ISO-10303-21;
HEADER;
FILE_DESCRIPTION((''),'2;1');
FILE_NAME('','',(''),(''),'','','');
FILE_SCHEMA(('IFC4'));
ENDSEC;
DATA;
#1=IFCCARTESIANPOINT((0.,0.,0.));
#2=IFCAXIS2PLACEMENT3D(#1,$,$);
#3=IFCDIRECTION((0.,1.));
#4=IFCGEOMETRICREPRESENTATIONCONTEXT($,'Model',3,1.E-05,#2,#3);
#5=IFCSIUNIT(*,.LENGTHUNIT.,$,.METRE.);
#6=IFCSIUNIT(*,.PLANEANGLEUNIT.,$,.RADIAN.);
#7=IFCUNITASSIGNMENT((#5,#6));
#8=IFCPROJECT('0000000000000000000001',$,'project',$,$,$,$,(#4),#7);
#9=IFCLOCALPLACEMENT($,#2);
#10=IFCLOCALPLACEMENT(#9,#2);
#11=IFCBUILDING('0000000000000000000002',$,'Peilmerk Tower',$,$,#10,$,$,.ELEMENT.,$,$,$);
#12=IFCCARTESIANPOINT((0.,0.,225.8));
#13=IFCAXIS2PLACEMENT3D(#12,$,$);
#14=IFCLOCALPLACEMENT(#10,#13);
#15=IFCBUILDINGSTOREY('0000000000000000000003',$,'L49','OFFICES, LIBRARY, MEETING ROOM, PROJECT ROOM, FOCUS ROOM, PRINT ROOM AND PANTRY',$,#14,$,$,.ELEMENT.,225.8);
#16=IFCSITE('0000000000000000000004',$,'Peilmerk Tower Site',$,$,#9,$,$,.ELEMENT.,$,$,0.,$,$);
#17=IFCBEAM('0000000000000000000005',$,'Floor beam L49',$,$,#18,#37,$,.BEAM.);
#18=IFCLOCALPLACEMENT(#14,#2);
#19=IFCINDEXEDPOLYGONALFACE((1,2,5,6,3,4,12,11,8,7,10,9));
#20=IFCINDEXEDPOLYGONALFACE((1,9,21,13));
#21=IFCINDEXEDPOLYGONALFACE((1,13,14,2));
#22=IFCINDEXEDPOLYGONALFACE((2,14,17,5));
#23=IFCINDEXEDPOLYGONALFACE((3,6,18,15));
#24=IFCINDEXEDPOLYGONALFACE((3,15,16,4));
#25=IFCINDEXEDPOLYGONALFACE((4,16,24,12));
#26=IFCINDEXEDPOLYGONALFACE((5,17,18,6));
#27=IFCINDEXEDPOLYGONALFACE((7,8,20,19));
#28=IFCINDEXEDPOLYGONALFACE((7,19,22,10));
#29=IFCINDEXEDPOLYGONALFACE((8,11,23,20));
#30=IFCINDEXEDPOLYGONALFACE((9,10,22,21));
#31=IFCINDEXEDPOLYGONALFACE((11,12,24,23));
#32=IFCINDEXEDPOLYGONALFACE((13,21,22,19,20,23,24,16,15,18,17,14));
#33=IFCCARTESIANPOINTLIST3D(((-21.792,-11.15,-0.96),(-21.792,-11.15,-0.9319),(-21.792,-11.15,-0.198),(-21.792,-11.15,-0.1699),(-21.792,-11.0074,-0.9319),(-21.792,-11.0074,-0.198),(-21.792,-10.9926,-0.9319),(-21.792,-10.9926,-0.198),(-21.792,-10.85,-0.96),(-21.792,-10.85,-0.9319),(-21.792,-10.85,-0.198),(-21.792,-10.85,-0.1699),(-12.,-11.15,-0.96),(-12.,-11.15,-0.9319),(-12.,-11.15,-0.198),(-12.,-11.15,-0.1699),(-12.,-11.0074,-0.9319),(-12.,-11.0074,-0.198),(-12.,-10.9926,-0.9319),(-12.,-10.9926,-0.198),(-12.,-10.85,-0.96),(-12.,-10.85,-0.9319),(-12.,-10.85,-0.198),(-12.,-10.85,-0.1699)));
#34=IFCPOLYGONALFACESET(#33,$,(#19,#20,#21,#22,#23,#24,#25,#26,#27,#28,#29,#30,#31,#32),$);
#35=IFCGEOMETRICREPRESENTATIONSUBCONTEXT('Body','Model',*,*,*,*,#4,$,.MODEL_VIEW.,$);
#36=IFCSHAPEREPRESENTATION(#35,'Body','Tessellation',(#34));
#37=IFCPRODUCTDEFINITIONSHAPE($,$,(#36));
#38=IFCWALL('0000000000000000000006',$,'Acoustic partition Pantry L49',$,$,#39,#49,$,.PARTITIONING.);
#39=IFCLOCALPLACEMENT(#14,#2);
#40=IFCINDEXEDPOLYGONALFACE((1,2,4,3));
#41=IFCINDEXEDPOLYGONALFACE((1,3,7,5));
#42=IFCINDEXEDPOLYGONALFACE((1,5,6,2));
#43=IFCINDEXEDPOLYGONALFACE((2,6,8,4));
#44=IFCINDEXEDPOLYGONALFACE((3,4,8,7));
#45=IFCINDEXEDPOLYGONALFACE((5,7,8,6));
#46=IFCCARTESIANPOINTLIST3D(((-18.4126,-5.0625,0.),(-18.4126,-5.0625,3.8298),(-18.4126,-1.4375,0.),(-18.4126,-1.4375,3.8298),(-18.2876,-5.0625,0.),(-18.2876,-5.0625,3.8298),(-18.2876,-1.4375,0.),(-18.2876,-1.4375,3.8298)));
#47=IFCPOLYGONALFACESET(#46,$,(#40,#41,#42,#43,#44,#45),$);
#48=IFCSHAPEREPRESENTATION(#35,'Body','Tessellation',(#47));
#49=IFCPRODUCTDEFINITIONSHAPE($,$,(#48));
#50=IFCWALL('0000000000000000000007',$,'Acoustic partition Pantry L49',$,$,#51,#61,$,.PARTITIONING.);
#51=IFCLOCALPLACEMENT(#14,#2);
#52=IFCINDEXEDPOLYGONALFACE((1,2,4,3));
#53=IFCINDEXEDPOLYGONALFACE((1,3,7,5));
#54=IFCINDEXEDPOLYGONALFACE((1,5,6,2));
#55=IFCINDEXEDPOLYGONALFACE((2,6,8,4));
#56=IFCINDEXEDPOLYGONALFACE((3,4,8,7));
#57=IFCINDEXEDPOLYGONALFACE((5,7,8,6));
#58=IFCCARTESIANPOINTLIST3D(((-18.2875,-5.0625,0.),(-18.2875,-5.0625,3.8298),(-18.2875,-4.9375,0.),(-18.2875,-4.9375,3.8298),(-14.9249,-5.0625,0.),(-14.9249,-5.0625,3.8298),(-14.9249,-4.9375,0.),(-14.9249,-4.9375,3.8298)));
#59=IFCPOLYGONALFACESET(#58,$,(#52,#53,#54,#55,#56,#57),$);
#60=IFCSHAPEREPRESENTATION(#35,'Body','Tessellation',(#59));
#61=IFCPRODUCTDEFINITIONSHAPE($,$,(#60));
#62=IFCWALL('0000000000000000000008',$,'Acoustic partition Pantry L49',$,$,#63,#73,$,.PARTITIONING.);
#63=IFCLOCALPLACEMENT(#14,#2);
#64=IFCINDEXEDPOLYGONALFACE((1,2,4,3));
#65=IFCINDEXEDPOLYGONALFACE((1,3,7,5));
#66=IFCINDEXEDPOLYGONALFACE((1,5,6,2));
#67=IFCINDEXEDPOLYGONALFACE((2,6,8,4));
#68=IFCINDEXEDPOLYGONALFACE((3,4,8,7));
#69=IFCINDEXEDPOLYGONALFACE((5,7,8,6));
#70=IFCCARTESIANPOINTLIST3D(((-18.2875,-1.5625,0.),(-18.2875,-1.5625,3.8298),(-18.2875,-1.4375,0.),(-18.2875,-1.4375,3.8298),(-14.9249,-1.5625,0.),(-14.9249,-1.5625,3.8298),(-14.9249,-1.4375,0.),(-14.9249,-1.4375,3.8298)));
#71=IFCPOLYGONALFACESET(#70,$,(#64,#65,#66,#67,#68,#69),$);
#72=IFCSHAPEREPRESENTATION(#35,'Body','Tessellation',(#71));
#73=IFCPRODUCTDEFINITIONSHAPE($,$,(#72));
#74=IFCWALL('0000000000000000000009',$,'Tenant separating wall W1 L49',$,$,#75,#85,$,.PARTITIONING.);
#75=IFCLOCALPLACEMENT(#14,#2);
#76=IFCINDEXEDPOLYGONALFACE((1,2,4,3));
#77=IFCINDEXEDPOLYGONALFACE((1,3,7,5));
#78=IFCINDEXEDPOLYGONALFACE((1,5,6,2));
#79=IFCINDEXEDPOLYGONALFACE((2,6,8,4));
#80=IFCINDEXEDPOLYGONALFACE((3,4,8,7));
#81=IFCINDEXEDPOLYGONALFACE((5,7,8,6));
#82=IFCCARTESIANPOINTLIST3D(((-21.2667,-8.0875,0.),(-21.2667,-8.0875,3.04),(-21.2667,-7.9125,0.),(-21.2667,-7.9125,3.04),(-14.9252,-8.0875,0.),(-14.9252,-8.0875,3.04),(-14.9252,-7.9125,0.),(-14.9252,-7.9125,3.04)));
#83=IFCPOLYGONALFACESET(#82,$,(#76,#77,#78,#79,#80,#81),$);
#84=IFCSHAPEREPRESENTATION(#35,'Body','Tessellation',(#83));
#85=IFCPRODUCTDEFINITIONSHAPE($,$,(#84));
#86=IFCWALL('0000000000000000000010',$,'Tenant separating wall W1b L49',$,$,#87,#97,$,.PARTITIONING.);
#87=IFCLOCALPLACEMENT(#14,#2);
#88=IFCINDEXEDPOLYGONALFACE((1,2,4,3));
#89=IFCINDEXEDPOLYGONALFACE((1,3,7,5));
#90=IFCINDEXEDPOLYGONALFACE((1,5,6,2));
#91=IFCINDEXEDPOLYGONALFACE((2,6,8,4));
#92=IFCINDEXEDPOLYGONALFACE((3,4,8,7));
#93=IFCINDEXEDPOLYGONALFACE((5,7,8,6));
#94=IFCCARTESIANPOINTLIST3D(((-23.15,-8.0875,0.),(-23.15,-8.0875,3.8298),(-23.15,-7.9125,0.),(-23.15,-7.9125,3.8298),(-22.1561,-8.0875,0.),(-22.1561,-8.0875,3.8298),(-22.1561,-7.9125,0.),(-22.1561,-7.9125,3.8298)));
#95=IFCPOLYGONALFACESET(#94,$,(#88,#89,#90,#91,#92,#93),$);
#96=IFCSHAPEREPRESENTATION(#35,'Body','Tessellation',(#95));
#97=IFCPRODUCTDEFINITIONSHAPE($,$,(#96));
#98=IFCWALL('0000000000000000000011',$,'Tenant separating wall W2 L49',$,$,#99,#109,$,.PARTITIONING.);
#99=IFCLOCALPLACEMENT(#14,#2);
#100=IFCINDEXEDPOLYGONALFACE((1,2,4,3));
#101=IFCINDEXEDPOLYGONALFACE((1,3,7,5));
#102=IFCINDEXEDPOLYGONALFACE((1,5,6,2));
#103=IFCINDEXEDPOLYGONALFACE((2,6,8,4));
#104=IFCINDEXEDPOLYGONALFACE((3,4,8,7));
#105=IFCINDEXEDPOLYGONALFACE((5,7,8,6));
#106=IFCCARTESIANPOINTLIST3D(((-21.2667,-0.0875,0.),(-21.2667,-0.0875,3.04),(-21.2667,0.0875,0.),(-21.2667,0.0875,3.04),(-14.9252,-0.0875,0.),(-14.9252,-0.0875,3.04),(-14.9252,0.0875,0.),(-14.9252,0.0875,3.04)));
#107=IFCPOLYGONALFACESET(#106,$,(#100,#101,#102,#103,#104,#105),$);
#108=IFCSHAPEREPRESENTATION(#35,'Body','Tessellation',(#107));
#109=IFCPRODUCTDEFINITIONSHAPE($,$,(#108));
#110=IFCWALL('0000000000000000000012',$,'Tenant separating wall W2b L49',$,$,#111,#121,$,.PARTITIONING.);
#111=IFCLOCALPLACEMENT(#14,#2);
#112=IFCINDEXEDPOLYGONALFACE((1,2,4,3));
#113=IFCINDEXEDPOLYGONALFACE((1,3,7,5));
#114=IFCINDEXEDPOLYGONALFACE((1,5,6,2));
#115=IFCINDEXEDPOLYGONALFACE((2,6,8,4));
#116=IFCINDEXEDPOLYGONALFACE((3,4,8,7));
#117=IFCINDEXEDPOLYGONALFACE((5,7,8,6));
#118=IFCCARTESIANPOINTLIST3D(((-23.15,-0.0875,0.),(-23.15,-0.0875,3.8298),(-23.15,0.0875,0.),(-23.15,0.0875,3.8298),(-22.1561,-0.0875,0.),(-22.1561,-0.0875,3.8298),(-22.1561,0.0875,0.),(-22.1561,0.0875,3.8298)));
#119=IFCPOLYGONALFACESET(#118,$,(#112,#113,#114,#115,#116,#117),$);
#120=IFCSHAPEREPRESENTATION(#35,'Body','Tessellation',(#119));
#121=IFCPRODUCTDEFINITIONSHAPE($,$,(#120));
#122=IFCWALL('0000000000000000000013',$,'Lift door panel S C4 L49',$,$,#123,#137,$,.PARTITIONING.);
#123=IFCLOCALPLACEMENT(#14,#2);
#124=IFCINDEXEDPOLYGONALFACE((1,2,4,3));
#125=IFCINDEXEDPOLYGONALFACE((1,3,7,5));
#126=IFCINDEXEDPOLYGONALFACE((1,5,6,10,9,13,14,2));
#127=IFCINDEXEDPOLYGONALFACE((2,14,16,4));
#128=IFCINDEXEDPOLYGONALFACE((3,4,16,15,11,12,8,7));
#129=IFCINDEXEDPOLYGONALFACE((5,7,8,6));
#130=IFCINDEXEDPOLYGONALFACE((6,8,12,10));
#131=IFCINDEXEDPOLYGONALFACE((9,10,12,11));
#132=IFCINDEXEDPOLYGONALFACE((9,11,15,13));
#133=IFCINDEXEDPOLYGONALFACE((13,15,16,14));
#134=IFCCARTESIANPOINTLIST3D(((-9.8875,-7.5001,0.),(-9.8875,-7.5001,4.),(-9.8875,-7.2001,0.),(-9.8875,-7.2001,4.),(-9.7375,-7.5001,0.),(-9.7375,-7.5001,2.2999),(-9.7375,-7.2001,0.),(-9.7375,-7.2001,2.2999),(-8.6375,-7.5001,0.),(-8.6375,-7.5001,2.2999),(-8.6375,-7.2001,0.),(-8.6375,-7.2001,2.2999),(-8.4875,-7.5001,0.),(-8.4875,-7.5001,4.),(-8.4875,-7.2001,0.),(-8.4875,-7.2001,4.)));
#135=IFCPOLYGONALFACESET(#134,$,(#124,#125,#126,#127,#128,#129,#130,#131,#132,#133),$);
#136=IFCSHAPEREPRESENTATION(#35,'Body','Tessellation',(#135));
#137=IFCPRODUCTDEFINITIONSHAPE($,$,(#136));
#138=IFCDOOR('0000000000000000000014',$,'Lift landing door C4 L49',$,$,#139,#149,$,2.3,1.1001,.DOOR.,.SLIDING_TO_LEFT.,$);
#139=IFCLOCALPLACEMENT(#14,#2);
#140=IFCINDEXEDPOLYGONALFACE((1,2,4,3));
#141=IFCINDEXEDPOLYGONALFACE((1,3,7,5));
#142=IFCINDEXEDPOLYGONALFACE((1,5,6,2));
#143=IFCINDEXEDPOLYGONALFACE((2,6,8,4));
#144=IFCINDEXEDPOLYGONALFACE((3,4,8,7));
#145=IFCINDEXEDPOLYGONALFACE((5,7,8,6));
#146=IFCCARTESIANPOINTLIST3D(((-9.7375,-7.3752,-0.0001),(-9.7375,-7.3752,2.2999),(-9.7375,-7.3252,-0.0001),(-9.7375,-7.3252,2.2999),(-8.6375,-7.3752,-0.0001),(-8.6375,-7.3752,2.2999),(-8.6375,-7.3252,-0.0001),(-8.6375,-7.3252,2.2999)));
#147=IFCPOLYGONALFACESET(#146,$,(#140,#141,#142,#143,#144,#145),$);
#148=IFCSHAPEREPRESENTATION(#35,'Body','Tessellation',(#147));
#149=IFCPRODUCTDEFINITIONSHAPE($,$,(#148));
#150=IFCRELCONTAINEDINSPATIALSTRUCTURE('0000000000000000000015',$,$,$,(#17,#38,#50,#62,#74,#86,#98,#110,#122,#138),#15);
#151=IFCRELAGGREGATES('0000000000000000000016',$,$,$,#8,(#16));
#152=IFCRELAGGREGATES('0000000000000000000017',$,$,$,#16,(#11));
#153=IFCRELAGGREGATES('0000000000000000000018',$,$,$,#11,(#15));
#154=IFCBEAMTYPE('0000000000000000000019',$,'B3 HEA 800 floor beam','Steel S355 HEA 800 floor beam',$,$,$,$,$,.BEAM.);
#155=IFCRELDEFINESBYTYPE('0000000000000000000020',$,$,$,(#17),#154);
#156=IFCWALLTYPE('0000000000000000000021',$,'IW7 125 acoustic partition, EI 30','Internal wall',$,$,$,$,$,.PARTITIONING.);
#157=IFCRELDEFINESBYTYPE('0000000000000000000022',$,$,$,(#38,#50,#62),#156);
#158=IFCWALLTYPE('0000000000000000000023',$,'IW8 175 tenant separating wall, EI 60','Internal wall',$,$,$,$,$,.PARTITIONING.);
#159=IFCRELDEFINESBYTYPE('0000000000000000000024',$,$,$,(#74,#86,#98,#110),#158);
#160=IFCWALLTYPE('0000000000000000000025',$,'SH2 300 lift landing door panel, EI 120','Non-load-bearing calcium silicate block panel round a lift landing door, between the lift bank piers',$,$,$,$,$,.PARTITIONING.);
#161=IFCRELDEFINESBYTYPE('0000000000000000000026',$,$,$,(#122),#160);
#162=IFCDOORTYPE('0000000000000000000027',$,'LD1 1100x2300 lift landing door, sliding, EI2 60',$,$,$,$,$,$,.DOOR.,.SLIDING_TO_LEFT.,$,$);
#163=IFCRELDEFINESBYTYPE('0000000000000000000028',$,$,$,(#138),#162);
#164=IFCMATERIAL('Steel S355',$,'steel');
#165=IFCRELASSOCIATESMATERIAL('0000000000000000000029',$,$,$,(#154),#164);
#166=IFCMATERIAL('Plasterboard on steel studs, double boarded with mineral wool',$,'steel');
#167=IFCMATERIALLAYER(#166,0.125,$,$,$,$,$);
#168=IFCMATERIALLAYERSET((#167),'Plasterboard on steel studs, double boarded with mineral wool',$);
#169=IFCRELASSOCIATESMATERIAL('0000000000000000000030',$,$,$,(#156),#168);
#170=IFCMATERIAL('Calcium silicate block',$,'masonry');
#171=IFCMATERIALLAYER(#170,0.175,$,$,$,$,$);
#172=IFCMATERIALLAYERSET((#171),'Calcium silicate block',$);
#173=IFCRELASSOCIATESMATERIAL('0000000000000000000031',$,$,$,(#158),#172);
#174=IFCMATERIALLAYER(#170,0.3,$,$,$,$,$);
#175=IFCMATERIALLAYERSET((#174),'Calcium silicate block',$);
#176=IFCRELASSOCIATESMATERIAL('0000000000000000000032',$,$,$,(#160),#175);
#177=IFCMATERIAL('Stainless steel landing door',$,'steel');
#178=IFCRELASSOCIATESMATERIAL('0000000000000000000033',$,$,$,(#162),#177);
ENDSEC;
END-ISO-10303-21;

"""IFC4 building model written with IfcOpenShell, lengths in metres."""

from ifc_helpers import new_model, si_unit, direction, frame, frame_2d, origin, origin_2d, place, context, subcontext, project, spatial, rectangle, i_section, extrude, material, layer, layer_set, material_profile, profile_set, type_object, element, fill, save


model = new_model("IFC4")

# Units and contexts
model_context = context("Model", 3, precision=1e-05, world=origin(), true_north=direction((0.0, 1.0)))
body_context = subcontext(model_context, "Body", "Model", "MODEL_VIEW")
ifc_project = project(units=[si_unit("LENGTHUNIT", "METRE"), si_unit("PLANEANGLEUNIT", "RADIAN")], contexts=[model_context])

# Site, building, storey
site_placement = place(None, origin())
site = spatial("IfcSite", under=ifc_project, at=site_placement, Name="Peilmerk Tower Site", CompositionType="ELEMENT", RefElevation=0.0)
building_placement = place(site_placement, origin())
building = spatial("IfcBuilding", under=site, at=building_placement, Name="Peilmerk Tower", CompositionType="ELEMENT")
storey_placement = place(building_placement, frame((0.0, 0.0, 225.8)))
storey = spatial("IfcBuildingStorey", under=building, at=storey_placement, Name="L49", Description="OFFICES, LIBRARY, MEETING ROOM, PROJECT ROOM, FOCUS ROOM, PRINT ROOM AND PANTRY", CompositionType="ELEMENT", Elevation=225.8)

# Beam
ifc_material_1 = material(Name="Steel S355", Category="steel")
ifc_material_profile_1 = material_profile(ifc_material_1, i_section(OverallWidth=0.3, OverallDepth=0.79, WebThickness=0.0149, FlangeThickness=0.0281, at=origin_2d()), Name="HEA 800")
ifc_profile_set_1 = profile_set([ifc_material_profile_1], Name="Steel S355")
beam_type_1 = type_object("IfcBeamType", Name="B3 HEA 800 floor beam", Description="Steel S355 HEA 800 floor beam", PredefinedType="BEAM", material=ifc_profile_set_1)
for number, where, z_axis, x_axis, name in (
    (1, (-12.0, -11.0, -0.5649), (-1.0, 0.0, 0.0), (0.0, -1.0, 0.0), "Floor beam L49"),
):
    element("IfcBeam", number, at=place(storey_placement, frame(where, z_axis=z_axis, x_axis=x_axis)), inside=storey, type_object=beam_type_1, Name=name, PredefinedType="BEAM", context=body_context, shape_type="SweptSolid", body=[
        extrude(i_section(OverallWidth=0.3, OverallDepth=0.79, WebThickness=0.0149, FlangeThickness=0.0281, at=origin_2d()), origin(), (0.0, 0.0, 1.0), 9.792),
    ])

# Walls
ifc_material_2 = material(Name="Plasterboard on steel studs, double boarded with mineral wool", Category="steel")
ifc_layer_1 = layer(ifc_material_2, 0.125)
ifc_layer_set_1 = layer_set([ifc_layer_1], Name="Plasterboard on steel studs, double boarded with mineral wool")
wall_type_1 = type_object("IfcWallType", Name="IW7 125 acoustic partition, EI 30", Description="Internal wall", PredefinedType="PARTITIONING", material=ifc_layer_set_1)
wall_1_placement = place(storey_placement, frame((-18.3501, -5.0625, 0.0), z_axis=(0.0, 0.0, 1.0), x_axis=(0.0, 1.0, 0.0)))
element("IfcWall", 2, at=wall_1_placement, inside=storey, type_object=wall_type_1, Name="Acoustic partition Pantry L49", PredefinedType="PARTITIONING", context=body_context, shape_type="SweptSolid", body=[
    extrude(rectangle(XDim=3.625, YDim=0.125, at=frame_2d((1.8125, 0.0))), origin(), (0.0, 0.0, 1.0), 3.8298),
])
for number, where, z_axis, x_axis, name in (
    (3, (-14.925, -5.0, 0.0), (0.0, 0.0, 1.0), (-1.0, 0.0, 0.0), "Acoustic partition Pantry L49"),
    (4, (-14.925, -1.5, 0.0), (0.0, 0.0, 1.0), (-1.0, 0.0, 0.0), "Acoustic partition Pantry L49"),
):
    element("IfcWall", number, at=place(storey_placement, frame(where, z_axis=z_axis, x_axis=x_axis)), inside=storey, type_object=wall_type_1, Name=name, PredefinedType="PARTITIONING", context=body_context, shape_type="SweptSolid", body=[
        extrude(rectangle(XDim=3.3625, YDim=0.125, at=frame_2d((1.6812, 0.0))), origin(), (0.0, 0.0, 1.0), 3.8298),
    ])
ifc_material_3 = material(Name="Calcium silicate block", Category="masonry")
ifc_layer_2 = layer(ifc_material_3, 0.175)
ifc_layer_set_2 = layer_set([ifc_layer_2], Name="Calcium silicate block")
wall_type_2 = type_object("IfcWallType", Name="IW8 175 tenant separating wall, EI 60", Description="Internal wall", PredefinedType="PARTITIONING", material=ifc_layer_set_2)
wall_2_placement = place(storey_placement, frame((-14.925, -8.0, 0.0), z_axis=(0.0, 0.0, 1.0), x_axis=(-1.0, 0.0, 0.0)))
element("IfcWall", 5, at=wall_2_placement, inside=storey, type_object=wall_type_2, Name="Tenant separating wall W1 L49", PredefinedType="PARTITIONING", context=body_context, shape_type="SweptSolid", body=[
    extrude(rectangle(XDim=6.3416, YDim=0.175, at=frame_2d((3.1709, 0.0))), origin(), (0.0, 0.0, 1.0), 3.04),
])
wall_3_placement = place(storey_placement, frame((-22.156, -8.0, 0.0), z_axis=(0.0, 0.0, 1.0), x_axis=(-1.0, 0.0, 0.0)))
element("IfcWall", 6, at=wall_3_placement, inside=storey, type_object=wall_type_2, Name="Tenant separating wall W1b L49", PredefinedType="PARTITIONING", context=body_context, shape_type="SweptSolid", body=[
    extrude(rectangle(XDim=0.9939, YDim=0.175, at=frame_2d((0.4971, 0.0))), origin(), (0.0, 0.0, 1.0), 3.8298),
])
wall_4_placement = place(storey_placement, frame((-14.925, 0.0, 0.0), z_axis=(0.0, 0.0, 1.0), x_axis=(-1.0, 0.0, 0.0)))
element("IfcWall", 7, at=wall_4_placement, inside=storey, type_object=wall_type_2, Name="Tenant separating wall W2 L49", PredefinedType="PARTITIONING", context=body_context, shape_type="SweptSolid", body=[
    extrude(rectangle(XDim=6.3416, YDim=0.175, at=frame_2d((3.1709, 0.0))), origin(), (0.0, 0.0, 1.0), 3.04),
])
wall_5_placement = place(storey_placement, frame((-22.156, 0.0, 0.0), z_axis=(0.0, 0.0, 1.0), x_axis=(-1.0, 0.0, 0.0)))
element("IfcWall", 8, at=wall_5_placement, inside=storey, type_object=wall_type_2, Name="Tenant separating wall W2b L49", PredefinedType="PARTITIONING", context=body_context, shape_type="SweptSolid", body=[
    extrude(rectangle(XDim=0.9939, YDim=0.175, at=frame_2d((0.4971, 0.0))), origin(), (0.0, 0.0, 1.0), 3.8298),
])

# Wall, opening, door
ifc_layer_3 = layer(ifc_material_3, 0.3)
ifc_layer_set_3 = layer_set([ifc_layer_3], Name="Calcium silicate block")
wall_type_3 = type_object("IfcWallType", Name="SH2 300 lift landing door panel, EI 120", Description="Non-load-bearing calcium silicate block panel round a lift landing door, between the lift bank piers", PredefinedType="PARTITIONING", material=ifc_layer_set_3)
wall_6_placement = place(storey_placement, frame((-9.8875, -7.3501, 0.0), z_axis=(0.0, 0.0, 1.0), x_axis=(1.0, 0.0, 0.0)))
wall_6 = element("IfcWall", 9, at=wall_6_placement, inside=storey, type_object=wall_type_3, Name="Lift door panel S C4 L49", PredefinedType="PARTITIONING", context=body_context, shape_type="SweptSolid", body=[
    extrude(rectangle(XDim=1.3999, YDim=0.3, at=frame_2d((0.7, 0.0))), origin(), (0.0, 0.0, 1.0), 4.0),
])
opening_1_placement = place(wall_6_placement, frame((0.1499, 0.0, 0.0)))
opening_1 = element("IfcOpeningElement", 10, at=opening_1_placement, cuts=wall_6, PredefinedType="OPENING", context=body_context, shape_type="SweptSolid", body=[
    extrude(rectangle(XDim=1.1001, YDim=2.3, at=frame_2d((0.55, 1.1499))), frame((0.0, 0.1599, 0.0), z_axis=(0.0, -1.0, 0.0), x_axis=(1.0, 0.0, 0.0)), (0.0, 0.0, 1.0), 0.3201),
])
ifc_material_4 = material(Name="Stainless steel landing door", Category="steel")
door_type_1 = type_object("IfcDoorType", Name="LD1 1100x2300 lift landing door, sliding, EI2 60", OperationType="SLIDING_TO_LEFT", PredefinedType="DOOR", material=ifc_material_4)
door_1_placement = place(opening_1_placement, origin())
door_1 = element("IfcDoor", 11, at=door_1_placement, inside=storey, type_object=door_type_1, Name="Lift landing door C4 L49", OperationType="SLIDING_TO_LEFT", OverallHeight=2.3, OverallWidth=1.1001, PredefinedType="DOOR", context=body_context, shape_type="SweptSolid", body=[
    extrude(rectangle(XDim=1.1001, YDim=2.3, at=frame_2d((0.55, 1.1499))), frame((0.0, 0.0249, 0.0), z_axis=(0.0, -1.0, 0.0), x_axis=(1.0, 0.0, 0.0)), (0.0, 0.0, 1.0), 0.05),
])
fill(opening_1, door_1)

save(model, "model.ifc")
